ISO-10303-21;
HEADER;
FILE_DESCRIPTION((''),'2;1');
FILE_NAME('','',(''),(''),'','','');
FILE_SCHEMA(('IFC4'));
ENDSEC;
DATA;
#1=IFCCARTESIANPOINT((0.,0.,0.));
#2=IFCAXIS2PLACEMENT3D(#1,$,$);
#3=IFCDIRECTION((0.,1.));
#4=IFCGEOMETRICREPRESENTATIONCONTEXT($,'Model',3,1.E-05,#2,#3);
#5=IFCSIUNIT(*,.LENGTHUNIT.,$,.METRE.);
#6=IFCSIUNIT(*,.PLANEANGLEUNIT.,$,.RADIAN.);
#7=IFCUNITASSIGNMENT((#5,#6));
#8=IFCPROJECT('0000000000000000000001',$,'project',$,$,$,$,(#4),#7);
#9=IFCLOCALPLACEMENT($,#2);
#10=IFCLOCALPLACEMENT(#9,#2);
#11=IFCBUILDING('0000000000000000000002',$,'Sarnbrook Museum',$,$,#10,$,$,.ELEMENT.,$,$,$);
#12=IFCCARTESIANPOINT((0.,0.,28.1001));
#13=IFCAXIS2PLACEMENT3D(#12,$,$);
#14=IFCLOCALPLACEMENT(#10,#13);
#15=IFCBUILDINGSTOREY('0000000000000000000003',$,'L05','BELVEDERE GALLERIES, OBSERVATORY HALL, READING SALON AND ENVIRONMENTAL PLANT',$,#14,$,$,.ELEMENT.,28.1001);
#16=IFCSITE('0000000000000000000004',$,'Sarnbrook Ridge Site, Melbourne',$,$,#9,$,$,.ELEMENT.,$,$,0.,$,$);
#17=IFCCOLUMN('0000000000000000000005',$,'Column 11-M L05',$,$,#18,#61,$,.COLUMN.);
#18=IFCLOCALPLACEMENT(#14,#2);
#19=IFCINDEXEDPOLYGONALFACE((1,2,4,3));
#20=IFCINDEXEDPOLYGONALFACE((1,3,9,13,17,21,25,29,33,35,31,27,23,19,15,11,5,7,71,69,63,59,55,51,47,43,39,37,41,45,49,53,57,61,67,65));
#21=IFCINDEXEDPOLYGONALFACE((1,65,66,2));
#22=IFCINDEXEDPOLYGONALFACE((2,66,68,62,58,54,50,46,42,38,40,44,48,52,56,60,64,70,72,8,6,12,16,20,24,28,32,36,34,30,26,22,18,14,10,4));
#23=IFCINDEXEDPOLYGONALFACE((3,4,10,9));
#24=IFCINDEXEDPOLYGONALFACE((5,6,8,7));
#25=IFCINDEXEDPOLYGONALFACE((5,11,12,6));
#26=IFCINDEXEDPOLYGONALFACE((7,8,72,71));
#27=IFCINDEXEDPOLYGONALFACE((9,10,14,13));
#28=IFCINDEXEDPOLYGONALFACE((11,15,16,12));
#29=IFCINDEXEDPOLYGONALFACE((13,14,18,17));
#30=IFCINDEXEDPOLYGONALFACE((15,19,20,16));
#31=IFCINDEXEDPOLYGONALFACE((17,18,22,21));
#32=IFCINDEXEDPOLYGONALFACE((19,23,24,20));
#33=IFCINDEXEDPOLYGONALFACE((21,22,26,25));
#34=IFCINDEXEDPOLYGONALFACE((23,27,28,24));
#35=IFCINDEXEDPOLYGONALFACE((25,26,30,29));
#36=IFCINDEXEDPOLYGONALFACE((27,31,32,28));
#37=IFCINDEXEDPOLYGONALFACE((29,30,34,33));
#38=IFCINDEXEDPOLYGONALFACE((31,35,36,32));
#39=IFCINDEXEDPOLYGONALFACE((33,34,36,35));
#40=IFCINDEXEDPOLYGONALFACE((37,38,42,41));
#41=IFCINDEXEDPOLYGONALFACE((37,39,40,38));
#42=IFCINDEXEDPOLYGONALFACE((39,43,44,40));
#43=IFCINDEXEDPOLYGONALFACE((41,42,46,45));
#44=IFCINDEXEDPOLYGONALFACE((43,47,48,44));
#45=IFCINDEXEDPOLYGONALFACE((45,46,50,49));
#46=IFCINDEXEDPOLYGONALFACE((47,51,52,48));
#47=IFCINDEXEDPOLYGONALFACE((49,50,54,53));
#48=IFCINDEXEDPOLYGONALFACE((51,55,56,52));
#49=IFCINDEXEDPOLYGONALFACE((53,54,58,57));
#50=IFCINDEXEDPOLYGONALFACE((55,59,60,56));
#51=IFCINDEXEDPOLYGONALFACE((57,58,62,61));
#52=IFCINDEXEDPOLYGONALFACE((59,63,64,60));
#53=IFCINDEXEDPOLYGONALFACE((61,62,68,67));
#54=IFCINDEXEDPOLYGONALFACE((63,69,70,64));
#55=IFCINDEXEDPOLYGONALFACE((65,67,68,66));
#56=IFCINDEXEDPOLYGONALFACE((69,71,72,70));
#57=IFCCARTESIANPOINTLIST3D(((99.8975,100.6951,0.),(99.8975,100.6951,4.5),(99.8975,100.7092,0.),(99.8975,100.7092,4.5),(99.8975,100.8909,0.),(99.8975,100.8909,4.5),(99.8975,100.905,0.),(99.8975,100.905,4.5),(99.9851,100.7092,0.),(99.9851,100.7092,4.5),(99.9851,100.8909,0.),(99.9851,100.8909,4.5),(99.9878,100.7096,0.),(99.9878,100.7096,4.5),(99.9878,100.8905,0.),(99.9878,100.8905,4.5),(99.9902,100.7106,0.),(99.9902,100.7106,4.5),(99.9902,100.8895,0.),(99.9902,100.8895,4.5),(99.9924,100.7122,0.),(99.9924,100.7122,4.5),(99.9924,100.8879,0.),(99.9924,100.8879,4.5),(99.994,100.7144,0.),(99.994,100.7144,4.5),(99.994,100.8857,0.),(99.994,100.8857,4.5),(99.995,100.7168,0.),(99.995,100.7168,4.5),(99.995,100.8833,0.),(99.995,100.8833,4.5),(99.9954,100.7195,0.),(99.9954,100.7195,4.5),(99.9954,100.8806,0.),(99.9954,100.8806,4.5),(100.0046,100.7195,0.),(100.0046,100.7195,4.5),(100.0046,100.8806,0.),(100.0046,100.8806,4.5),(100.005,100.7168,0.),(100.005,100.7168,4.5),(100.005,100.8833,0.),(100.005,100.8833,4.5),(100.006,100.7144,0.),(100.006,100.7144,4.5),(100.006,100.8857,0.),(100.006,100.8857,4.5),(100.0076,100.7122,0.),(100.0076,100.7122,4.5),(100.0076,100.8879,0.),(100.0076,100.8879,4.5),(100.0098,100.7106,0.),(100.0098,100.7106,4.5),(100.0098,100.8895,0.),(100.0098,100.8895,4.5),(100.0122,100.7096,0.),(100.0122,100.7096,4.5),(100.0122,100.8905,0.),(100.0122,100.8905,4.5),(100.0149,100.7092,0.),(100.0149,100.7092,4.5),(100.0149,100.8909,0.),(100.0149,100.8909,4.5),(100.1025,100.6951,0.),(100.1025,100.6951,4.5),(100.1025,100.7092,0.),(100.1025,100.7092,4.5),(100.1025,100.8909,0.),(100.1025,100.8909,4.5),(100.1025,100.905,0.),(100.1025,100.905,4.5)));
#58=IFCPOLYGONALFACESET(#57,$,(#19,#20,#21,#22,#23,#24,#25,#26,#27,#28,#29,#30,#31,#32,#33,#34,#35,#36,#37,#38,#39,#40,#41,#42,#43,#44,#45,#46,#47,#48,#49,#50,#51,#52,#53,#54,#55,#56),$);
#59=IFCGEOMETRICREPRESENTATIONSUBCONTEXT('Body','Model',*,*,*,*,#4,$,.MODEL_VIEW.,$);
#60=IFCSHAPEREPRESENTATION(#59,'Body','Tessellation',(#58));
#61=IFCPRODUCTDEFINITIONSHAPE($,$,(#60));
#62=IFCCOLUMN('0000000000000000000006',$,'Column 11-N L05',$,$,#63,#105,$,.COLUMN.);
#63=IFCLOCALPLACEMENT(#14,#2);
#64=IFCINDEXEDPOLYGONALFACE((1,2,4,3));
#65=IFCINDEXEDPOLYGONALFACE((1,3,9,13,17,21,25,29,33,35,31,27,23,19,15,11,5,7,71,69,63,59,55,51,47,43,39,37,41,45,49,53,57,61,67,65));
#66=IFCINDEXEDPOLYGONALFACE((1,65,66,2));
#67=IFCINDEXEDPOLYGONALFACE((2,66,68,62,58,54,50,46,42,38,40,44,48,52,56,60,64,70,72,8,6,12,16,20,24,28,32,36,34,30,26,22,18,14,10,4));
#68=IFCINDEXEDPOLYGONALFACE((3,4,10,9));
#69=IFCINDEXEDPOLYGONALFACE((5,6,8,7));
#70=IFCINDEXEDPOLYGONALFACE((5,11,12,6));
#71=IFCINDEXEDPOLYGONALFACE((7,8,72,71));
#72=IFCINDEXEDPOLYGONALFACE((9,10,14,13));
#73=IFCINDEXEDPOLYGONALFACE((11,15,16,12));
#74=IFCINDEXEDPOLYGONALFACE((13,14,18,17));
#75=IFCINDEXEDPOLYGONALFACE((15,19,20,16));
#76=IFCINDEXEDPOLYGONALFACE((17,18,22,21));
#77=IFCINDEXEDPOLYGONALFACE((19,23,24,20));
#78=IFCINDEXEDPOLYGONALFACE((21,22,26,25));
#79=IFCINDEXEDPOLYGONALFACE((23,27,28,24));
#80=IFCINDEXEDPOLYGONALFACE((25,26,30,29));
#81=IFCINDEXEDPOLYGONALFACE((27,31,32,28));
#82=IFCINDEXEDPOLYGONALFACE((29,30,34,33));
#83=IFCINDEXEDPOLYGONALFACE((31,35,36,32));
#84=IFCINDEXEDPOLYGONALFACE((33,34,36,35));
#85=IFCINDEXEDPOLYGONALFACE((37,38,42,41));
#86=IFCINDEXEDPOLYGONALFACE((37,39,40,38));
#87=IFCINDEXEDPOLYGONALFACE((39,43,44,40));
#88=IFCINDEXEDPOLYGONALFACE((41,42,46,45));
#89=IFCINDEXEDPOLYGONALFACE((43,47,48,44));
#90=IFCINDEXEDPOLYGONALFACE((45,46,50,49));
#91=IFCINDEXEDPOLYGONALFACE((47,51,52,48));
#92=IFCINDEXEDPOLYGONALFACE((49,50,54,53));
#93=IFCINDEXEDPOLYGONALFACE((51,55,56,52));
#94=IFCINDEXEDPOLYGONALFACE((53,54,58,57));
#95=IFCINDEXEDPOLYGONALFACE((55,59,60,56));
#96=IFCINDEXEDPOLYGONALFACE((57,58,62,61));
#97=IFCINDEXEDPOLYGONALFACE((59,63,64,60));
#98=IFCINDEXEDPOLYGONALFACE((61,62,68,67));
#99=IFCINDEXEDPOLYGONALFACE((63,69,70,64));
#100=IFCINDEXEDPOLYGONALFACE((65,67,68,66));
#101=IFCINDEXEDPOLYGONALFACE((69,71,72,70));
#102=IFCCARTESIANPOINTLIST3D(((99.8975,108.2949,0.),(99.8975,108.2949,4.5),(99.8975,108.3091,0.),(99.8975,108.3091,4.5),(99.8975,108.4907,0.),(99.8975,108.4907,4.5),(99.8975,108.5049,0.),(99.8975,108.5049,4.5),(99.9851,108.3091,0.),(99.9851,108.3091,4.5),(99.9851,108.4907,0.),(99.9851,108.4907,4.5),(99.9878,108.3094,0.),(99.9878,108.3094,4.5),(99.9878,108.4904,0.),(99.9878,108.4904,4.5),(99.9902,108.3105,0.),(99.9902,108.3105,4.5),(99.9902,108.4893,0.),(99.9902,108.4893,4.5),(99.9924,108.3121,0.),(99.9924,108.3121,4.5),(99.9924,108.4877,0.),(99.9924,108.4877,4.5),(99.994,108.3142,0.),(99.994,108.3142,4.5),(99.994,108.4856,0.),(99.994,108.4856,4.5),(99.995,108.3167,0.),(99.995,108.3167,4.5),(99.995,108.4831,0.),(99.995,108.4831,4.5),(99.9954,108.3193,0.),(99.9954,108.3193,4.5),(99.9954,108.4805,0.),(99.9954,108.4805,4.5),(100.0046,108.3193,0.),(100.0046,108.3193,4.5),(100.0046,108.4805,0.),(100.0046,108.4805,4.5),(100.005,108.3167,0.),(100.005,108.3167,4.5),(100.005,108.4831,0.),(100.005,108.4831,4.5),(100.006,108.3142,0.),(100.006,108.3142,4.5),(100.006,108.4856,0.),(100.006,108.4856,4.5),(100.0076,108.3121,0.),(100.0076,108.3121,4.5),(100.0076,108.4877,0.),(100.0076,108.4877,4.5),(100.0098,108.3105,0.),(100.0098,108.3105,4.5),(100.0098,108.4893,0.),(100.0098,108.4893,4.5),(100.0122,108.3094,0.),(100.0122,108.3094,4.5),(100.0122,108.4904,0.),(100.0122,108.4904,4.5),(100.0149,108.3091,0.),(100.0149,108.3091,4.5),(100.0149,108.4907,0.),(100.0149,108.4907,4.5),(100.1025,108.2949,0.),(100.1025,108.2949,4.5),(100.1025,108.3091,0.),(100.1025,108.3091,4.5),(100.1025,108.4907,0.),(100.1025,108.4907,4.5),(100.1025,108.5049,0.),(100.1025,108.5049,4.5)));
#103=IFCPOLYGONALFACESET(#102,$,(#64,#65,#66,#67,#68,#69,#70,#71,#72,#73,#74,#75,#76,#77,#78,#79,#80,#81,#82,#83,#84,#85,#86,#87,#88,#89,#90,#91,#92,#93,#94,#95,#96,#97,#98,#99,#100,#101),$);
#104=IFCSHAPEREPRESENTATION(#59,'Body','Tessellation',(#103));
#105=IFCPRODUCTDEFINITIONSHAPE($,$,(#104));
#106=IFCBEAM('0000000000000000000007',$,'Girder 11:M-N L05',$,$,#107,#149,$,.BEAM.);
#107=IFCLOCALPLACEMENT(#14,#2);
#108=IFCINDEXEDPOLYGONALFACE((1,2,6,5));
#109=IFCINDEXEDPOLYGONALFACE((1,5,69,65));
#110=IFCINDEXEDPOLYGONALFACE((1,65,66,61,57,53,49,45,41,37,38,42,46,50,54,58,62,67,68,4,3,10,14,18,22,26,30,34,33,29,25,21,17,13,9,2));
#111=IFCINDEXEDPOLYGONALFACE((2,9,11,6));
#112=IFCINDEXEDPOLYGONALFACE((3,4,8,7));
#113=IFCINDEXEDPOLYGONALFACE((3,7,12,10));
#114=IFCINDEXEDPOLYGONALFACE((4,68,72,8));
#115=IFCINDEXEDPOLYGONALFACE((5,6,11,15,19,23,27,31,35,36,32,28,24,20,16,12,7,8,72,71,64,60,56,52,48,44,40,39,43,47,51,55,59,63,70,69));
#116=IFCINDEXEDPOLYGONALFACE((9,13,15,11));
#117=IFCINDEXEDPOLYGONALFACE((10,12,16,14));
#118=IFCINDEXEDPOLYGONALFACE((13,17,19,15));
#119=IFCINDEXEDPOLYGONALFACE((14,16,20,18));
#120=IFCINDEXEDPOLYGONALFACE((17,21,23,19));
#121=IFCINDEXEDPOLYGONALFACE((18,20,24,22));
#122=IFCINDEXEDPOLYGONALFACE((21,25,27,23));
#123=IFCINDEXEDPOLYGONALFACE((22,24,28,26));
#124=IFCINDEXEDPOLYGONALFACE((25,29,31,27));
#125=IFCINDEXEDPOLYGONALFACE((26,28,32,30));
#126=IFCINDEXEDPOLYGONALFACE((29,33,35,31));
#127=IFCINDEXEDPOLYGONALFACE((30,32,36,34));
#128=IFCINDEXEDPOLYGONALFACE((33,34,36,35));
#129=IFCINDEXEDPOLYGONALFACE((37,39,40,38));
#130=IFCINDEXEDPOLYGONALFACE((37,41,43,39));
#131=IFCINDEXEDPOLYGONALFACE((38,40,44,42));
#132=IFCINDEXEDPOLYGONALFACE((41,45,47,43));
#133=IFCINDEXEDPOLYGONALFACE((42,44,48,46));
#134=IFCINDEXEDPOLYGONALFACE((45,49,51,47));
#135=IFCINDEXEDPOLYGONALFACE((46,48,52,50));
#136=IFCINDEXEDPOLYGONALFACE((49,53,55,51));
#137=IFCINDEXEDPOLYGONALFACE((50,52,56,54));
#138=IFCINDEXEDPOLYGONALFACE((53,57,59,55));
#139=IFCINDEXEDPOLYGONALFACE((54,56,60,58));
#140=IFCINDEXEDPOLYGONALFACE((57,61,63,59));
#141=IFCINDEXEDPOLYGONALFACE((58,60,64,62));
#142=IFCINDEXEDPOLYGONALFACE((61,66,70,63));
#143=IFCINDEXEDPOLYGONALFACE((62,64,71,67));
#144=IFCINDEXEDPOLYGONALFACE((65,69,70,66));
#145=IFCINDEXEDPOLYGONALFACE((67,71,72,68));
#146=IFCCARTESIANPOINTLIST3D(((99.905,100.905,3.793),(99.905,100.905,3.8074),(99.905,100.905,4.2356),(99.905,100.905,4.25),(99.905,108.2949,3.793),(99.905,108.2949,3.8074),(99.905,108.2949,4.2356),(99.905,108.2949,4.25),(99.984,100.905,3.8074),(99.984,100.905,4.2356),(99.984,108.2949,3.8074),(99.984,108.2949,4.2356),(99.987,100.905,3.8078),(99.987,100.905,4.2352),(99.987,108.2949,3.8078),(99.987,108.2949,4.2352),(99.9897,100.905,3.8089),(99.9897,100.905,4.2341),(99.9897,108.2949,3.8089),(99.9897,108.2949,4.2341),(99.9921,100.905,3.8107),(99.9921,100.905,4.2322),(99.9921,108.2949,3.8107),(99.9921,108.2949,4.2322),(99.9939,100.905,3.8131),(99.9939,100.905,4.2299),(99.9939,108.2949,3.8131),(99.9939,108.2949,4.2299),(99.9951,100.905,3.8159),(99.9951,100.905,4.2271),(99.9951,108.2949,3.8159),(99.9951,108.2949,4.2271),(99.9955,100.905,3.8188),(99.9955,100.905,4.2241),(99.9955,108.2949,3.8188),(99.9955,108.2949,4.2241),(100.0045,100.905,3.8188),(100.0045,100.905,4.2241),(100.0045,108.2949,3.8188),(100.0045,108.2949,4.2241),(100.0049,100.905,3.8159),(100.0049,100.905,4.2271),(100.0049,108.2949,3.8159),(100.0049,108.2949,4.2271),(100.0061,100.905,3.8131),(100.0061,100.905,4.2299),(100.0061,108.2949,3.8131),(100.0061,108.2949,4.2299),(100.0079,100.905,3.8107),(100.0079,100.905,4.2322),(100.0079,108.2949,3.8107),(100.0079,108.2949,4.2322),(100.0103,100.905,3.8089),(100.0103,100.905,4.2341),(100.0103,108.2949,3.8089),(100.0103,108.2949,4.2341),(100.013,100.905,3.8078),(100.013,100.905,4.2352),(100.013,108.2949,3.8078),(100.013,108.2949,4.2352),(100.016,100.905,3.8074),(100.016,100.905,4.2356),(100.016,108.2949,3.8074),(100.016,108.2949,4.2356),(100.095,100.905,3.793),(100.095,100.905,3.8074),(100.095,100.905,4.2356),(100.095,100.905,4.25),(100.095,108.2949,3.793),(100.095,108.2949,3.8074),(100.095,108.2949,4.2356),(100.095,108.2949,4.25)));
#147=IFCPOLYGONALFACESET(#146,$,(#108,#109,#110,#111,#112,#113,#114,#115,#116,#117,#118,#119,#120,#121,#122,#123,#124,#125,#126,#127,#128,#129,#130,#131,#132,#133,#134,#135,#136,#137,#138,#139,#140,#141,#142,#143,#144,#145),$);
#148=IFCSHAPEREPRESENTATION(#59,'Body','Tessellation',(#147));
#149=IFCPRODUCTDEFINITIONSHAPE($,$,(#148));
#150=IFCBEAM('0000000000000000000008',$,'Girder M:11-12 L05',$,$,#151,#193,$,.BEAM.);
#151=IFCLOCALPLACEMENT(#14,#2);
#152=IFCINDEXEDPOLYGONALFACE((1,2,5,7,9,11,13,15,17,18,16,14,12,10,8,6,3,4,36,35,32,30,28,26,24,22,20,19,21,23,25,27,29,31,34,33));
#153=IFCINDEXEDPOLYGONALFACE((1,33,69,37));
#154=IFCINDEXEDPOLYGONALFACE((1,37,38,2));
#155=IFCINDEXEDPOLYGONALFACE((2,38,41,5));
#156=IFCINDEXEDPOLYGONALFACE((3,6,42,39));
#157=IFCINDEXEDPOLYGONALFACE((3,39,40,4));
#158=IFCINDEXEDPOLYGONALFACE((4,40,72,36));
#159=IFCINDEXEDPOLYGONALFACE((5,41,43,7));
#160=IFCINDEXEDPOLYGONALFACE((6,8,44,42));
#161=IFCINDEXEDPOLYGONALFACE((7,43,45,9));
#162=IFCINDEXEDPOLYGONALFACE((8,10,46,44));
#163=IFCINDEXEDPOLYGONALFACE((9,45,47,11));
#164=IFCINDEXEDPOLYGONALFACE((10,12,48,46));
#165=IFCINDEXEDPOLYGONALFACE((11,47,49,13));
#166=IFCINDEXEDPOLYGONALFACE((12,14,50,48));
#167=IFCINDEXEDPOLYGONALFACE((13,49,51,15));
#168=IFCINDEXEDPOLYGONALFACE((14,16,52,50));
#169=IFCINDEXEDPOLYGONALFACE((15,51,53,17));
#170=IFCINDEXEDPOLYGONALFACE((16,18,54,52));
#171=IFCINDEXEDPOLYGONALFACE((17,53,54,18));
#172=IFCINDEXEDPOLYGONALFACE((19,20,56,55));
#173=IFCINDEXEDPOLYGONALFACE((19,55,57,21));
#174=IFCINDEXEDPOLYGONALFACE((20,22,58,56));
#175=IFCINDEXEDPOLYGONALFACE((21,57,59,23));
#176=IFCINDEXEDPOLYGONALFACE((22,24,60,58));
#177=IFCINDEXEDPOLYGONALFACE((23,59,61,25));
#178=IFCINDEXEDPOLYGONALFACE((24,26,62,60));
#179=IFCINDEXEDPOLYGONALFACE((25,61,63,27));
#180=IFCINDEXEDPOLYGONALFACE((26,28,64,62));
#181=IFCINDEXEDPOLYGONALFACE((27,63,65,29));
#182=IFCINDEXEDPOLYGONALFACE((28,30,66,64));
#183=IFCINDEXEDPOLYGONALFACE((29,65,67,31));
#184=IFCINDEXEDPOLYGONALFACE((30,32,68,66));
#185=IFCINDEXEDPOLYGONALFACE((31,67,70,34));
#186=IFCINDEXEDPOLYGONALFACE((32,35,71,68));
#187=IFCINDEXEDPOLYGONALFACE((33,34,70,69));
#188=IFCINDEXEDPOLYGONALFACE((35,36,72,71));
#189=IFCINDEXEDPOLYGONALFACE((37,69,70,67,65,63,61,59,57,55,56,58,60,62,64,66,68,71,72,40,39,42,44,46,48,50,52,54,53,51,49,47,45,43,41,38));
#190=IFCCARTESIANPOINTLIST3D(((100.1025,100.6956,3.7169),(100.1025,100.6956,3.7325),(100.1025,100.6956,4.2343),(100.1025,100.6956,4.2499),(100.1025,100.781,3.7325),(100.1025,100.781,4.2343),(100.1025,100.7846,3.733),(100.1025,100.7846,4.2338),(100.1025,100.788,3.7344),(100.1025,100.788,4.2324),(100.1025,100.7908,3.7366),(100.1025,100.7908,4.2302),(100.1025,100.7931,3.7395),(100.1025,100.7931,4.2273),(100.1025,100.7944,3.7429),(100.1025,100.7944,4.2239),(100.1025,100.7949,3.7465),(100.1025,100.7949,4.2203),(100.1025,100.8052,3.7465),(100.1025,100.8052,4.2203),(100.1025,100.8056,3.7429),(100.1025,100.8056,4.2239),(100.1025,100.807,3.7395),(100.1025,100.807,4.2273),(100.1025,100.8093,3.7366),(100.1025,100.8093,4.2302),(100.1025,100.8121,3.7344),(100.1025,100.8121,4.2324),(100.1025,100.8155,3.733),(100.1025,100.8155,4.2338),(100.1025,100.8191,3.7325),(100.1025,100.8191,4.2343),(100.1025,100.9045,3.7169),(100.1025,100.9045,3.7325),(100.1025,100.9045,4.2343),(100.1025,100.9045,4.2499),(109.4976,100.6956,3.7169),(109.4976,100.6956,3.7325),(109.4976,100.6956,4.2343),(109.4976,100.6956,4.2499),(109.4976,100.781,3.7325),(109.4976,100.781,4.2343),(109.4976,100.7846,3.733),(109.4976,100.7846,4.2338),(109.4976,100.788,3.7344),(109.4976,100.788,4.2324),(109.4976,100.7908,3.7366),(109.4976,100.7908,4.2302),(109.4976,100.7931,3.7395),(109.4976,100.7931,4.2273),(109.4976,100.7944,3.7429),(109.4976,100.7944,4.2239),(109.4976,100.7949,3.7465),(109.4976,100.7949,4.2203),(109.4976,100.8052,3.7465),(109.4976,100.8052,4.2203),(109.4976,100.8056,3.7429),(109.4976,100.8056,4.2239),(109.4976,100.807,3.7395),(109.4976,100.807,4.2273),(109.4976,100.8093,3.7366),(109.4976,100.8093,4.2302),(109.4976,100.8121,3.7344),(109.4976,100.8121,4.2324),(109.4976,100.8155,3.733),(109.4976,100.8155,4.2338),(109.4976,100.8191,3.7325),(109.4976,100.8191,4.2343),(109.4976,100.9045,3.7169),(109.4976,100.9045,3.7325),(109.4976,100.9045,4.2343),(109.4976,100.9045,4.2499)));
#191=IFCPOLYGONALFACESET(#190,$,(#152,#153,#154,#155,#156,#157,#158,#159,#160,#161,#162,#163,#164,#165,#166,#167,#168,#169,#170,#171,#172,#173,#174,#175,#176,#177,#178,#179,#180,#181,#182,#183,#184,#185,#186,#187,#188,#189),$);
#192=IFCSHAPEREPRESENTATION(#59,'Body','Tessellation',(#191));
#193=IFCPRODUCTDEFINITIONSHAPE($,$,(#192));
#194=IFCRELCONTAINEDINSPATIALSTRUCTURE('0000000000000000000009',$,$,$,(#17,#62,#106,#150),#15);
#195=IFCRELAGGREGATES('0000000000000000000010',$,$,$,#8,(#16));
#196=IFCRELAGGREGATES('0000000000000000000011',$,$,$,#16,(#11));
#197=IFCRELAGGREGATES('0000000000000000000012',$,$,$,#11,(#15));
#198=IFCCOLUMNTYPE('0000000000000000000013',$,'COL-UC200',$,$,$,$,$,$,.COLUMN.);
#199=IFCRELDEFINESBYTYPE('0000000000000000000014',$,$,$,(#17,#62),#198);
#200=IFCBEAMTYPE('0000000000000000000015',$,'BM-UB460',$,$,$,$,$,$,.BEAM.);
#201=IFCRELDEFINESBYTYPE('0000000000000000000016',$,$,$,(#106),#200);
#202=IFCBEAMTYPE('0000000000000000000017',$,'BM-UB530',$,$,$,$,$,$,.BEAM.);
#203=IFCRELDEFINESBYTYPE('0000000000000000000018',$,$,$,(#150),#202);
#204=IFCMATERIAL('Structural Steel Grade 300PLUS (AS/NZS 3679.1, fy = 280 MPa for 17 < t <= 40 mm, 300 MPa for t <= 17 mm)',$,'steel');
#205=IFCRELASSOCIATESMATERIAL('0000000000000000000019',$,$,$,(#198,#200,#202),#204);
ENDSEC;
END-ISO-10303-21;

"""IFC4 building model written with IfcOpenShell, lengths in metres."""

from ifc_helpers import new_model, si_unit, direction, frame, origin, origin_2d, place, context, subcontext, project, spatial, i_section, extrude, material, material_profile, profile_set, type_object, element, save


model = new_model("IFC4")

# Units and contexts
model_context = context("Model", 3, precision=1e-05, world=origin(), true_north=direction((0.0, 1.0)))
body_context = subcontext(model_context, "Body", "Model", "MODEL_VIEW")
ifc_project = project(units=[si_unit("LENGTHUNIT", "METRE"), si_unit("PLANEANGLEUNIT", "RADIAN")], contexts=[model_context])

# Site, building, storey
site_placement = place(None, origin())
site = spatial("IfcSite", under=ifc_project, at=site_placement, Name="Sarnbrook Ridge Site, Melbourne", CompositionType="ELEMENT", RefElevation=0.0)
building_placement = place(site_placement, origin())
building = spatial("IfcBuilding", under=site, at=building_placement, Name="Sarnbrook Museum", CompositionType="ELEMENT")
storey_placement = place(building_placement, frame((0.0, 0.0, 28.1001)))
storey = spatial("IfcBuildingStorey", under=building, at=storey_placement, Name="L05", Description="BELVEDERE GALLERIES, OBSERVATORY HALL, READING SALON AND ENVIRONMENTAL PLANT", CompositionType="ELEMENT", Elevation=28.1001)

# Columns
ifc_material_1 = material(Name="Structural Steel Grade 300PLUS (AS/NZS 3679.1, fy = 280 MPa for 17 < t <= 40 mm, 300 MPa for t <= 17 mm)", Category="steel")
ifc_material_profile_1 = material_profile(ifc_material_1, i_section(OverallWidth=0.2051, OverallDepth=0.21, WebThickness=0.0093, FlangeThickness=0.0142, FilletRadius=0.0103, at=origin_2d()), Name="200UC59.5")
ifc_profile_set_1 = profile_set([ifc_material_profile_1], Name="Structural Steel Grade 300PLUS (AS/NZS 3679.1, fy = 280 MPa for 17 < t <= 40 mm, 300 MPa for t <= 17 mm)")
column_type = type_object("IfcColumnType", Name="COL-UC200", PredefinedType="COLUMN", material=ifc_profile_set_1)
for number, where, z_axis, x_axis, name in (
    (1, (100.0, 100.8, 0.0), (0.0, 0.0, 1.0), (1.0, 0.0, 0.0), "Column 11-M L05"),
    (2, (100.0, 108.3999, 0.0), (0.0, 0.0, 1.0), (1.0, 0.0, 0.0), "Column 11-N L05"),
):
    element("IfcColumn", number, at=place(storey_placement, frame(where, z_axis=z_axis, x_axis=x_axis)), inside=storey, type_object=column_type, Name=name, PredefinedType="COLUMN", context=body_context, shape_type="SweptSolid", body=[
        extrude(i_section(OverallWidth=0.2051, OverallDepth=0.21, WebThickness=0.0093, FlangeThickness=0.0142, FilletRadius=0.0103, at=origin_2d()), origin(), (0.0, 0.0, 1.0), 4.5),
    ])

# Beams
ifc_material_profile_2 = material_profile(ifc_material_1, i_section(OverallWidth=0.1899, OverallDepth=0.457, WebThickness=0.009, FlangeThickness=0.0144, FilletRadius=0.0115, at=origin_2d()), Name="460UB74.6")
ifc_profile_set_2 = profile_set([ifc_material_profile_2], Name="Structural Steel Grade 300PLUS (AS/NZS 3679.1, fy = 280 MPa for 17 < t <= 40 mm, 300 MPa for t <= 17 mm)")
beam_type_1 = type_object("IfcBeamType", Name="BM-UB460", PredefinedType="BEAM", material=ifc_profile_set_2)
beam_placement = place(storey_placement, frame((100.0, 100.905, 4.0215), z_axis=(0.0, 1.0, 0.0), x_axis=(-1.0, 0.0, 0.0)))
element("IfcBeam", 3, at=beam_placement, inside=storey, type_object=beam_type_1, Name="Girder 11:M-N L05", PredefinedType="BEAM", context=body_context, shape_type="SweptSolid", body=[
    extrude(i_section(OverallWidth=0.1899, OverallDepth=0.457, WebThickness=0.009, FlangeThickness=0.0144, FilletRadius=0.0115, at=origin_2d()), origin(), (0.0, 0.0, 1.0), 7.3899),
])
ifc_material_profile_3 = material_profile(ifc_material_1, i_section(OverallWidth=0.209, OverallDepth=0.533, WebThickness=0.0103, FlangeThickness=0.0156, FilletRadius=0.0139, at=origin_2d()), Name="530UB92.4")
ifc_profile_set_3 = profile_set([ifc_material_profile_3], Name="Structural Steel Grade 300PLUS (AS/NZS 3679.1, fy = 280 MPa for 17 < t <= 40 mm, 300 MPa for t <= 17 mm)")
beam_type_2 = type_object("IfcBeamType", Name="BM-UB530", PredefinedType="BEAM", material=ifc_profile_set_3)
for number, where, z_axis, x_axis, name in (
    (4, (100.1025, 100.8, 3.9834), (1.0, 0.0, 0.0), (0.0, 1.0, 0.0), "Girder M:11-12 L05"),
):
    element("IfcBeam", number, at=place(storey_placement, frame(where, z_axis=z_axis, x_axis=x_axis)), inside=storey, type_object=beam_type_2, Name=name, PredefinedType="BEAM", context=body_context, shape_type="SweptSolid", body=[
        extrude(i_section(OverallWidth=0.209, OverallDepth=0.533, WebThickness=0.0103, FlangeThickness=0.0156, FilletRadius=0.0139, at=origin_2d()), origin(), (0.0, 0.0, 1.0), 9.395),
    ])

save(model, "model.ifc")
